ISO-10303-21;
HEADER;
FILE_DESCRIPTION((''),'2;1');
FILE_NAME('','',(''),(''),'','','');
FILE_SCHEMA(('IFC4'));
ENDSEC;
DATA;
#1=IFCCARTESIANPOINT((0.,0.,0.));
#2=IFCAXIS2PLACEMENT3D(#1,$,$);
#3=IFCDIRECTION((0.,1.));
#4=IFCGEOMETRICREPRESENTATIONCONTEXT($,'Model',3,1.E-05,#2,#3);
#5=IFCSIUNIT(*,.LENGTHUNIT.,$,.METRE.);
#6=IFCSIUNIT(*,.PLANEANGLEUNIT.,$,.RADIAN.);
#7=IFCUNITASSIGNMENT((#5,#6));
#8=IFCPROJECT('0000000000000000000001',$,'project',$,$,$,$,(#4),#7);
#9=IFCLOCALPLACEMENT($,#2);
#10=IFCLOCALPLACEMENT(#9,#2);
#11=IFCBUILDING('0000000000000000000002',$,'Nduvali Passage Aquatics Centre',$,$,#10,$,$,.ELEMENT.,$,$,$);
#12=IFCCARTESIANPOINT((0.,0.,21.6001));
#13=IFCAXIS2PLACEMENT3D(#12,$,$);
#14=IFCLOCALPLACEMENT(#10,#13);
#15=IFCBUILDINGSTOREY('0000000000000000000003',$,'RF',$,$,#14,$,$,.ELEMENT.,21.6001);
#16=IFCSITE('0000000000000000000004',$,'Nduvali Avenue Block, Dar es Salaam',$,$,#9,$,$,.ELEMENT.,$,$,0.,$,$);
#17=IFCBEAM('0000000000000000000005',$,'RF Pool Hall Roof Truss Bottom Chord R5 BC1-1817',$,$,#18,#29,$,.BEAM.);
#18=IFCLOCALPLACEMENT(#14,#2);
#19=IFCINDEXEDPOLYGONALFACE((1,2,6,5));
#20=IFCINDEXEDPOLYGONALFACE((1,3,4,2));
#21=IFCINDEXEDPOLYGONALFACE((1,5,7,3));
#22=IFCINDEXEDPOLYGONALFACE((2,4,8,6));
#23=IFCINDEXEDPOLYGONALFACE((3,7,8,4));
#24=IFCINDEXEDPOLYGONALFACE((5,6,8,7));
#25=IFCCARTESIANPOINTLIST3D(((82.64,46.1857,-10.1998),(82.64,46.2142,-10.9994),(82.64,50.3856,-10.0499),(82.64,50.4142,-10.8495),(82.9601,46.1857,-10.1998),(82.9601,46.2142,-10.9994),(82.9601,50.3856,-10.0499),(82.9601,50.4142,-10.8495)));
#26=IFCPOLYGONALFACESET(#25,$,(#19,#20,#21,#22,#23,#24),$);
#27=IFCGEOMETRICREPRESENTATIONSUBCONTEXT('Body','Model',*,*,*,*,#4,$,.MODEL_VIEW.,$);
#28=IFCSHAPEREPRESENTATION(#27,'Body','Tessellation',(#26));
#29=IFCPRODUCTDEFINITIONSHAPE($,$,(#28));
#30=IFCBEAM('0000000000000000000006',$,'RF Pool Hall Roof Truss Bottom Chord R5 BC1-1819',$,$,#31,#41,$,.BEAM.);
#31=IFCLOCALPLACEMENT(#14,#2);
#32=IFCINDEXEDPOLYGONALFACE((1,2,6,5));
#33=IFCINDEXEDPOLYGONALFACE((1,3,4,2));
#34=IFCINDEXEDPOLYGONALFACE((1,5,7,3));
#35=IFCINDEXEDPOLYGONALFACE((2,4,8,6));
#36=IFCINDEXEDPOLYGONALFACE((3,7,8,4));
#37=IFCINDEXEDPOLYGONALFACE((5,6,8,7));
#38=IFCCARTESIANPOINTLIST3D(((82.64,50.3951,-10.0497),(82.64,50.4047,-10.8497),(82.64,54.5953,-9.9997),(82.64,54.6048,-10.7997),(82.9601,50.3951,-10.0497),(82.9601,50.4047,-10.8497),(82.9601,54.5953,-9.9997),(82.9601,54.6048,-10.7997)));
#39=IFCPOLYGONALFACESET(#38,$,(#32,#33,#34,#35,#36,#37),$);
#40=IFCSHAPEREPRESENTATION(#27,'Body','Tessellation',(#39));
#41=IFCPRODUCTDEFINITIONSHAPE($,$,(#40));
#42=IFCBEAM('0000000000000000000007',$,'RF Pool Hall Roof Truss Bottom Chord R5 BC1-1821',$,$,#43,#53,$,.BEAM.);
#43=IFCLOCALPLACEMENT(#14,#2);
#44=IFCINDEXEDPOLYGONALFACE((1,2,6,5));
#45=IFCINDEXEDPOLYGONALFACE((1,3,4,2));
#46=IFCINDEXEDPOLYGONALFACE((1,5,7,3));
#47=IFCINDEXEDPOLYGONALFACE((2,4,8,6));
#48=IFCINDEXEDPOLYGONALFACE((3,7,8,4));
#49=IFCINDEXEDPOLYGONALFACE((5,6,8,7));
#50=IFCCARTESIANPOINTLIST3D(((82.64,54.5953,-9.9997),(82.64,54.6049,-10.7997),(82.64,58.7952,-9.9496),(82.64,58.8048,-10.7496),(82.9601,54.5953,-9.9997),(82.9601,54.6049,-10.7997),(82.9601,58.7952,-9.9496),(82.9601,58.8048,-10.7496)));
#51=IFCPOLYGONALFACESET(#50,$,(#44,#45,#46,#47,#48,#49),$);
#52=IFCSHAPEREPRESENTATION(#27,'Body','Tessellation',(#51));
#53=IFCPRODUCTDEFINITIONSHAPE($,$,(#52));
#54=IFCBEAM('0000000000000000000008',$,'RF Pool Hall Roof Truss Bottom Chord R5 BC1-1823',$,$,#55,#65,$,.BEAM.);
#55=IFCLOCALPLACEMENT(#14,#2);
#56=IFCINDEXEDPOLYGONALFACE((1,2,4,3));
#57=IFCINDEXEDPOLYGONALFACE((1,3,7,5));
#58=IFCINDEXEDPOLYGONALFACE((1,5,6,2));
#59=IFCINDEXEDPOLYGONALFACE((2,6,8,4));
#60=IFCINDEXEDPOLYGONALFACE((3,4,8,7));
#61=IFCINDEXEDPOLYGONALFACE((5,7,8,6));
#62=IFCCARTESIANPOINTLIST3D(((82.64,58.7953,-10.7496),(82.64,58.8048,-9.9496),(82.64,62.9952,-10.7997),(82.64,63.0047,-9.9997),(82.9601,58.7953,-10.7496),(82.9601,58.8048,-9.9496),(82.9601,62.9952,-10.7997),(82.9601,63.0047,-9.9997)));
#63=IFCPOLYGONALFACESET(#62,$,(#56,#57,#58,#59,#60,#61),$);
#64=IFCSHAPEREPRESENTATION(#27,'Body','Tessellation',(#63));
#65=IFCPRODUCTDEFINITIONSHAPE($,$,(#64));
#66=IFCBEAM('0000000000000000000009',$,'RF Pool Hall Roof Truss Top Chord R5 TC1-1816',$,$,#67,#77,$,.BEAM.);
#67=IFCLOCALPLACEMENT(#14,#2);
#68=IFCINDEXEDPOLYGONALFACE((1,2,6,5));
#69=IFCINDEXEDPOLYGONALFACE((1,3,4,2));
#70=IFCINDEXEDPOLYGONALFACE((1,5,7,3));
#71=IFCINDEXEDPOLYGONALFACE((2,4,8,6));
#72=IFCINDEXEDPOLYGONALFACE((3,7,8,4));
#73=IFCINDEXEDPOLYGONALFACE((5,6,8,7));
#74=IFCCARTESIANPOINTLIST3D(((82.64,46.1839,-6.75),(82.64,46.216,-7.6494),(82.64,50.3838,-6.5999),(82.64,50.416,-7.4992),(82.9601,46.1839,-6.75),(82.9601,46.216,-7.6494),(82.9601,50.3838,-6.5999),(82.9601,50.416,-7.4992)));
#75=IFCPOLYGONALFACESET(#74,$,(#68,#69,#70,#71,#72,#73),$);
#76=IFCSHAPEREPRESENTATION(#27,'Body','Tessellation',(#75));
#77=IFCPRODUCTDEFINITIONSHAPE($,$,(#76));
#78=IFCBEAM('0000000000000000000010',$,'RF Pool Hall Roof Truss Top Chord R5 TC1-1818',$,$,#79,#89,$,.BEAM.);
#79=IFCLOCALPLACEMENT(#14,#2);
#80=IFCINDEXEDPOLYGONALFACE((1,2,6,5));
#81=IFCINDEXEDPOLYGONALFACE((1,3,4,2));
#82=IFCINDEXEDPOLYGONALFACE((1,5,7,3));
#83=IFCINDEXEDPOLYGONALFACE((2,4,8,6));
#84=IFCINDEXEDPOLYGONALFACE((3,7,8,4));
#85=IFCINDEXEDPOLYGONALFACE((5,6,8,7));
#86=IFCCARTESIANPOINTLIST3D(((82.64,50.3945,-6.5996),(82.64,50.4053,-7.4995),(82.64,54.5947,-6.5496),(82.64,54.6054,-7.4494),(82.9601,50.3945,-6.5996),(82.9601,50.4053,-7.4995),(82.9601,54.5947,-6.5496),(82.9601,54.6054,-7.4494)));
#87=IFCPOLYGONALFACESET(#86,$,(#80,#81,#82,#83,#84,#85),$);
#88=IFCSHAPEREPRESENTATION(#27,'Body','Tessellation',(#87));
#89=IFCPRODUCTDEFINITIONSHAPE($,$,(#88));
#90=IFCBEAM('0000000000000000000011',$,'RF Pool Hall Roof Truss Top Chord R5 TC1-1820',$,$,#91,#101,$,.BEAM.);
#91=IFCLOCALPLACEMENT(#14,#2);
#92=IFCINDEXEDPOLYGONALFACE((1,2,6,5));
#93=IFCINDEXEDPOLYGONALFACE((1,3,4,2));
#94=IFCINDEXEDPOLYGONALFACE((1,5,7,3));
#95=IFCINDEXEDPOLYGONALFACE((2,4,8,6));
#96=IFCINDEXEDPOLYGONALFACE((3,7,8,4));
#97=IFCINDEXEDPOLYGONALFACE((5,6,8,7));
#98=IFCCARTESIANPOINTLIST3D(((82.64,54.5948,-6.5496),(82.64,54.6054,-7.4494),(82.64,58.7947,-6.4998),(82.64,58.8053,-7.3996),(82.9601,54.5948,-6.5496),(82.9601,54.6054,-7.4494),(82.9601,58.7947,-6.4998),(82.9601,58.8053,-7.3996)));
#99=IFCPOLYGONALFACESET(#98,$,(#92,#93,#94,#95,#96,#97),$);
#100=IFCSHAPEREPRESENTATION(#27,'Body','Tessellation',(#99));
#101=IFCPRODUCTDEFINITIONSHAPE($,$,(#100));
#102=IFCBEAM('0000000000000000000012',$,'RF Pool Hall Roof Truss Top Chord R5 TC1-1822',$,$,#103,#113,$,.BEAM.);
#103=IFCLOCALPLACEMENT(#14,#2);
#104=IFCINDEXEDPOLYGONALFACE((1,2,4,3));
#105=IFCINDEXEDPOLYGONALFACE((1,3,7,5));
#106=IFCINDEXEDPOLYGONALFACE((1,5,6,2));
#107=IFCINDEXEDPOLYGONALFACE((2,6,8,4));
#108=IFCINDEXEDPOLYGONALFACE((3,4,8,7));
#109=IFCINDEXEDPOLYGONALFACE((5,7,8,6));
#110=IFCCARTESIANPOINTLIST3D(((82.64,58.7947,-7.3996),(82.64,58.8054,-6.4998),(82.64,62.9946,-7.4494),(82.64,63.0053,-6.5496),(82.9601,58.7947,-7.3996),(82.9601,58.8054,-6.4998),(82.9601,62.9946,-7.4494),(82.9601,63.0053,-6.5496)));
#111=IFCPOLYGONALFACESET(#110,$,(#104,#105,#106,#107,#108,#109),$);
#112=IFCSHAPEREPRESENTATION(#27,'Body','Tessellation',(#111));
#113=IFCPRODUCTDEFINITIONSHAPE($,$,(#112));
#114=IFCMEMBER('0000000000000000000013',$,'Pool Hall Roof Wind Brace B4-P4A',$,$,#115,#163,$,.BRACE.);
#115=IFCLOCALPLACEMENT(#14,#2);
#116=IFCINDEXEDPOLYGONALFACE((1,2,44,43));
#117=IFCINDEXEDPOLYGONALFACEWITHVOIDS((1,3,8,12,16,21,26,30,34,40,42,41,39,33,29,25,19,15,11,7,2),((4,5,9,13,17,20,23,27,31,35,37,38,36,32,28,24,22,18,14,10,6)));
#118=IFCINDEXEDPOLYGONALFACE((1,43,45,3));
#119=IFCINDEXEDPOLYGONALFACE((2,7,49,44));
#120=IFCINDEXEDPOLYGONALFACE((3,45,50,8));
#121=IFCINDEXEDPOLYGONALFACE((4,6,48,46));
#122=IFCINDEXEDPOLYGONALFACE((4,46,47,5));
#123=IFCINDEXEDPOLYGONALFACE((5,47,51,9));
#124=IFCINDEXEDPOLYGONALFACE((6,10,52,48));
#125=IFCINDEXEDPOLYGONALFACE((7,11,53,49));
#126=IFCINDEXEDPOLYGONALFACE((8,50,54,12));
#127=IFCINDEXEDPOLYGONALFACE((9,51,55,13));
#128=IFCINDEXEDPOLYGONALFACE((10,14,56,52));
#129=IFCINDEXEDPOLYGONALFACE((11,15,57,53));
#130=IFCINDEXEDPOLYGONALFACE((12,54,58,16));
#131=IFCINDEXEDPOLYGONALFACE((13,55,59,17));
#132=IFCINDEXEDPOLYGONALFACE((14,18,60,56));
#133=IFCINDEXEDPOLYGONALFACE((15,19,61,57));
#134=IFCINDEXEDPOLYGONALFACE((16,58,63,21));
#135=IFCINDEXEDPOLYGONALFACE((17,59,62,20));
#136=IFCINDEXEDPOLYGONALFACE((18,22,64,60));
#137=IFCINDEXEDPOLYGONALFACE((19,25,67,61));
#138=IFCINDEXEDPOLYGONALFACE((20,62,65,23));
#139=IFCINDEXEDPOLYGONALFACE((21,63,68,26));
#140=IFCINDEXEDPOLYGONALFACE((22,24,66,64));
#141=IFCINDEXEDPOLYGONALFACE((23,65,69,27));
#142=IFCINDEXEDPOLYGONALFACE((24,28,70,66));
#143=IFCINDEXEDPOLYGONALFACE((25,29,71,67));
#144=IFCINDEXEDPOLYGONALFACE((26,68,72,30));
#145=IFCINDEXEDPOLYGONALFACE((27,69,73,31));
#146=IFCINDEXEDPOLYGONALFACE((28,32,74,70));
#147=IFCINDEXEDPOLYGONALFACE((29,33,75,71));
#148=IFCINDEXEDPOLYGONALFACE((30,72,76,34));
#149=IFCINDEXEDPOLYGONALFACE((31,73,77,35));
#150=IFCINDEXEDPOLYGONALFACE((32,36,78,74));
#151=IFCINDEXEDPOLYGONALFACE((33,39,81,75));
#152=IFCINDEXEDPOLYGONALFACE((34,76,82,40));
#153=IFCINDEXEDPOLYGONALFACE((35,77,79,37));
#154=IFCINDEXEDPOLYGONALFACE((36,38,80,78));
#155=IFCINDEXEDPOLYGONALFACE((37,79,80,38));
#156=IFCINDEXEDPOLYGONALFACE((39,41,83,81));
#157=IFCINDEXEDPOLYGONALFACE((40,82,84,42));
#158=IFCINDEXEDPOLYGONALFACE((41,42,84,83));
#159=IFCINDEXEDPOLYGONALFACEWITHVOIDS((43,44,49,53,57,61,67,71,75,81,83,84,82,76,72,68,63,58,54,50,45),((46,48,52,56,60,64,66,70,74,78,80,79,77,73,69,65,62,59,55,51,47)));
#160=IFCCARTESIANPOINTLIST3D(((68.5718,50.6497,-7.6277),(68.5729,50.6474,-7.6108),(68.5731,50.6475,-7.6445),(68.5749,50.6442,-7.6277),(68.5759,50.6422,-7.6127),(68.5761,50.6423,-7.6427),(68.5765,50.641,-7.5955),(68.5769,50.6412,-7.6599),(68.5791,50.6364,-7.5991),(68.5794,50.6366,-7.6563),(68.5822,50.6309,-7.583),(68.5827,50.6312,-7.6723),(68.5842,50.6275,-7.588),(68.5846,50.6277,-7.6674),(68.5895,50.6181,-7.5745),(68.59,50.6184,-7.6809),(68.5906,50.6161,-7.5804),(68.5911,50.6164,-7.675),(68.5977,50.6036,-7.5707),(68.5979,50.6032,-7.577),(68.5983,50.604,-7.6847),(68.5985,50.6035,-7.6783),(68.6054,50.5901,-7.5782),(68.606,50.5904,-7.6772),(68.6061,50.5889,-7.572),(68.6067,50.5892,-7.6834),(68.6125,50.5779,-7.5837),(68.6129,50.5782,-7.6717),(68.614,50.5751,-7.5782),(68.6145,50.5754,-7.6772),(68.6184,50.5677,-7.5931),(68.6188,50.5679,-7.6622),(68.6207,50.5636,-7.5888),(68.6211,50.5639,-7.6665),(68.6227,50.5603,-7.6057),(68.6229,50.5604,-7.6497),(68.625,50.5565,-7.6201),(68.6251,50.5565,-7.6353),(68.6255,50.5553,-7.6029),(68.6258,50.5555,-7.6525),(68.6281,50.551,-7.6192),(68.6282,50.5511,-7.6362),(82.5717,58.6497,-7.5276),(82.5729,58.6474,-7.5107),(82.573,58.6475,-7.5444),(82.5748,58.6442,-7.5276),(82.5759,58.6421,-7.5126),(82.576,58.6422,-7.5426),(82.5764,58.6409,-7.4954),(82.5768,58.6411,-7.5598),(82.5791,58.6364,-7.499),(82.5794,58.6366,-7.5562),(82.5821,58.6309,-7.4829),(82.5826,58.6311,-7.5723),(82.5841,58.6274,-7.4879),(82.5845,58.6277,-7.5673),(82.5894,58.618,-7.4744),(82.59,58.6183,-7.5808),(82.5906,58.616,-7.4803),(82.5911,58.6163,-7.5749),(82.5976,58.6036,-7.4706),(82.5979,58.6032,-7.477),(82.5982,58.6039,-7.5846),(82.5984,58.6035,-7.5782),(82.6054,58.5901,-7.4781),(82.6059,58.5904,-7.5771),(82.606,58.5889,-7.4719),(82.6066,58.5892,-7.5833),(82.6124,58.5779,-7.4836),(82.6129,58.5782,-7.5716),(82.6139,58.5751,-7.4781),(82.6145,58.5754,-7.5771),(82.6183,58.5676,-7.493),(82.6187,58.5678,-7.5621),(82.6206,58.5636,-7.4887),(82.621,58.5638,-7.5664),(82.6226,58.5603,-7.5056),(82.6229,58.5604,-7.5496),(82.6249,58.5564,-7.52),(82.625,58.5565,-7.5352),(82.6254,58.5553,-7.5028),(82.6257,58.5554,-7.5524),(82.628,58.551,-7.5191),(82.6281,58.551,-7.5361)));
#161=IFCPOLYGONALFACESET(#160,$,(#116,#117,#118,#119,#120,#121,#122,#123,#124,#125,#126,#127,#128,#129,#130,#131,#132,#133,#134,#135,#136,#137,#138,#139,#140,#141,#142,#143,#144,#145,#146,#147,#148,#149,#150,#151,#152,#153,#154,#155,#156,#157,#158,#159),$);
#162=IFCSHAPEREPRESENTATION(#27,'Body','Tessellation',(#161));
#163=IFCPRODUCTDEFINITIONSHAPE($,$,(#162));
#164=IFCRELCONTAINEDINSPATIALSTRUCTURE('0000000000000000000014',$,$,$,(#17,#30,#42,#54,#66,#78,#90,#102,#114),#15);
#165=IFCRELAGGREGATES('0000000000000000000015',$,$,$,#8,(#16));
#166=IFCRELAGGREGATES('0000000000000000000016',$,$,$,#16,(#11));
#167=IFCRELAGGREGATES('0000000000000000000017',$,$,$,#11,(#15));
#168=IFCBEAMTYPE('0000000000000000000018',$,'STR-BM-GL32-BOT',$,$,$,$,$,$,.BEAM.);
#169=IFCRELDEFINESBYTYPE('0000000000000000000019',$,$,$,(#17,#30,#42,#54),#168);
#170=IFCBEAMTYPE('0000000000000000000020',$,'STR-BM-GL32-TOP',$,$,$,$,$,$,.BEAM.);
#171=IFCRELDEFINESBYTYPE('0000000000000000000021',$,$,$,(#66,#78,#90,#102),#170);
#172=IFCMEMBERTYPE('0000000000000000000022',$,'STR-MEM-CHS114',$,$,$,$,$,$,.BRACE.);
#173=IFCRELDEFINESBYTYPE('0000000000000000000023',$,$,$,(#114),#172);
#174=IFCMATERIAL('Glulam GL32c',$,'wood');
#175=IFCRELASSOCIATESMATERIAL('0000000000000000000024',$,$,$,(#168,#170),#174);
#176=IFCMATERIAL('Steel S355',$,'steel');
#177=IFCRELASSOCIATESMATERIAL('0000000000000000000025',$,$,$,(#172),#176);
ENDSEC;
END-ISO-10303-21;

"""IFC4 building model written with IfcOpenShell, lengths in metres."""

from ifc_helpers import new_model, si_unit, direction, frame, origin, origin_2d, place, context, subcontext, project, spatial, rectangle, hollow_circle, extrude, material, material_profile, profile_set, type_object, element, save


model = new_model("IFC4")

# Units and contexts
model_context = context("Model", 3, precision=1e-05, world=origin(), true_north=direction((0.0, 1.0)))
body_context = subcontext(model_context, "Body", "Model", "MODEL_VIEW")
ifc_project = project(units=[si_unit("LENGTHUNIT", "METRE"), si_unit("PLANEANGLEUNIT", "RADIAN")], contexts=[model_context])

# Site, building, storey
site_placement = place(None, origin())
site = spatial("IfcSite", under=ifc_project, at=site_placement, Name="Nduvali Avenue Block, Dar es Salaam", CompositionType="ELEMENT", RefElevation=0.0)
building_placement = place(site_placement, origin())
building = spatial("IfcBuilding", under=site, at=building_placement, Name="Nduvali Passage Aquatics Centre", CompositionType="ELEMENT")
storey_placement = place(building_placement, frame((0.0, 0.0, 21.6001)))
storey = spatial("IfcBuildingStorey", under=building, at=storey_placement, Name="RF", CompositionType="ELEMENT", Elevation=21.6001)

# Beams
ifc_material_1 = material(Name="Glulam GL32c", Category="wood")
ifc_material_profile_1 = material_profile(ifc_material_1, rectangle(XDim=0.3201, YDim=0.8, at=origin_2d()), Name="GL32c 320x800")
ifc_profile_set_1 = profile_set([ifc_material_profile_1], Name="Glulam GL32c")
beam_type_1 = type_object("IfcBeamType", Name="STR-BM-GL32-BOT", PredefinedType="BEAM", material=ifc_profile_set_1)
beam_1_placement = place(storey_placement, frame((82.8, 46.2, -10.5996), z_axis=(0.0, 0.999364, 0.035669), x_axis=(-1.0, 0.0, 0.0)))
element("IfcBeam", 1, at=beam_1_placement, inside=storey, type_object=beam_type_1, Name="RF Pool Hall Roof Truss Bottom Chord R5 BC1-1817", PredefinedType="BEAM", context=body_context, shape_type="SweptSolid", body=[
    extrude(rectangle(XDim=0.3201, YDim=0.8, at=origin_2d()), origin(), (0.0, 0.0, 1.0), 4.2026),
])
beam_2_placement = place(storey_placement, frame((82.8, 50.3999, -10.4497), z_axis=(0.0, 0.999929, 0.011915), x_axis=(-1.0, 0.0, 0.0)))
element("IfcBeam", 2, at=beam_2_placement, inside=storey, type_object=beam_type_1, Name="RF Pool Hall Roof Truss Bottom Chord R5 BC1-1819", PredefinedType="BEAM", context=body_context, shape_type="SweptSolid", body=[
    extrude(rectangle(XDim=0.3201, YDim=0.8, at=origin_2d()), origin(), (0.0, 0.0, 1.0), 4.2004),
])
for number, where, z_axis, x_axis, name in (
    (3, (82.8, 54.6001, -10.3997), (0.0, 0.999929, 0.011916), (-1.0, 0.0, 0.0), "RF Pool Hall Roof Truss Bottom Chord R5 BC1-1821"),
    (4, (82.8, 58.8, -10.3496), (0.0, 0.999929, -0.011916), (-1.0, 0.0, 0.0), "RF Pool Hall Roof Truss Bottom Chord R5 BC1-1823"),
):
    element("IfcBeam", number, at=place(storey_placement, frame(where, z_axis=z_axis, x_axis=x_axis)), inside=storey, type_object=beam_type_1, Name=name, PredefinedType="BEAM", context=body_context, shape_type="SweptSolid", body=[
        extrude(rectangle(XDim=0.3201, YDim=0.8, at=origin_2d()), origin(), (0.0, 0.0, 1.0), 4.2002),
    ])
ifc_material_profile_2 = material_profile(ifc_material_1, rectangle(XDim=0.3201, YDim=0.8999, at=origin_2d()), Name="GL32c 320x900")
ifc_profile_set_2 = profile_set([ifc_material_profile_2], Name="Glulam GL32c")
beam_type_2 = type_object("IfcBeamType", Name="STR-BM-GL32-TOP", PredefinedType="BEAM", material=ifc_profile_set_2)
beam_3_placement = place(storey_placement, frame((82.8, 46.2, -7.1997), z_axis=(0.0, 0.999362, 0.035727), x_axis=(-1.0, 0.0, 0.0)))
element("IfcBeam", 5, at=beam_3_placement, inside=storey, type_object=beam_type_2, Name="RF Pool Hall Roof Truss Top Chord R5 TC1-1816", PredefinedType="BEAM", context=body_context, shape_type="SweptSolid", body=[
    extrude(rectangle(XDim=0.3201, YDim=0.8999, at=origin_2d()), origin(), (0.0, 0.0, 1.0), 4.2026),
])
beam_4_placement = place(storey_placement, frame((82.8, 50.3999, -7.0496), z_axis=(0.0, 0.999929, 0.011915), x_axis=(-1.0, 0.0, 0.0)))
element("IfcBeam", 6, at=beam_4_placement, inside=storey, type_object=beam_type_2, Name="RF Pool Hall Roof Truss Top Chord R5 TC1-1818", PredefinedType="BEAM", context=body_context, shape_type="SweptSolid", body=[
    extrude(rectangle(XDim=0.3201, YDim=0.8999, at=origin_2d()), origin(), (0.0, 0.0, 1.0), 4.2004),
])
for number, where, z_axis, x_axis, name in (
    (7, (82.8, 54.6001, -6.9995), (0.0, 0.99993, 0.011858), (-1.0, 0.0, 0.0), "RF Pool Hall Roof Truss Top Chord R5 TC1-1820"),
    (8, (82.8, 58.8, -6.9497), (0.0, 0.99993, -0.011858), (-1.0, 0.0, 0.0), "RF Pool Hall Roof Truss Top Chord R5 TC1-1822"),
):
    element("IfcBeam", number, at=place(storey_placement, frame(where, z_axis=z_axis, x_axis=x_axis)), inside=storey, type_object=beam_type_2, Name=name, PredefinedType="BEAM", context=body_context, shape_type="SweptSolid", body=[
        extrude(rectangle(XDim=0.3201, YDim=0.8999, at=origin_2d()), origin(), (0.0, 0.0, 1.0), 4.2002),
    ])

# Member
ifc_material_2 = material(Name="Steel S355", Category="steel")
ifc_material_profile_3 = material_profile(ifc_material_2, hollow_circle(Radius=0.0571, WallThickness=0.0063, at=origin_2d()), Name="CHS 114.3x6.3")
ifc_profile_set_3 = profile_set([ifc_material_profile_3], Name="Steel S355")
member_type_1 = type_object("IfcMemberType", Name="STR-MEM-CHS114", PredefinedType="BRACE", material=ifc_profile_set_3)
member_1_placement = place(storey_placement, frame((68.6001, 50.6001, -7.6277), z_axis=(0.868226, 0.496129, 0.006208), x_axis=(-0.496139, 0.868243, 0.0)))
element("IfcMember", 9, at=member_1_placement, inside=storey, type_object=member_type_1, Name="Pool Hall Roof Wind Brace B4-P4A", PredefinedType="BRACE", context=body_context, shape_type="SweptSolid", body=[
    extrude(hollow_circle(Radius=0.0571, WallThickness=0.0063, at=origin_2d()), origin(), (0.0, 0.0, 1.0), 16.1248),
])

save(model, "model.ifc")
